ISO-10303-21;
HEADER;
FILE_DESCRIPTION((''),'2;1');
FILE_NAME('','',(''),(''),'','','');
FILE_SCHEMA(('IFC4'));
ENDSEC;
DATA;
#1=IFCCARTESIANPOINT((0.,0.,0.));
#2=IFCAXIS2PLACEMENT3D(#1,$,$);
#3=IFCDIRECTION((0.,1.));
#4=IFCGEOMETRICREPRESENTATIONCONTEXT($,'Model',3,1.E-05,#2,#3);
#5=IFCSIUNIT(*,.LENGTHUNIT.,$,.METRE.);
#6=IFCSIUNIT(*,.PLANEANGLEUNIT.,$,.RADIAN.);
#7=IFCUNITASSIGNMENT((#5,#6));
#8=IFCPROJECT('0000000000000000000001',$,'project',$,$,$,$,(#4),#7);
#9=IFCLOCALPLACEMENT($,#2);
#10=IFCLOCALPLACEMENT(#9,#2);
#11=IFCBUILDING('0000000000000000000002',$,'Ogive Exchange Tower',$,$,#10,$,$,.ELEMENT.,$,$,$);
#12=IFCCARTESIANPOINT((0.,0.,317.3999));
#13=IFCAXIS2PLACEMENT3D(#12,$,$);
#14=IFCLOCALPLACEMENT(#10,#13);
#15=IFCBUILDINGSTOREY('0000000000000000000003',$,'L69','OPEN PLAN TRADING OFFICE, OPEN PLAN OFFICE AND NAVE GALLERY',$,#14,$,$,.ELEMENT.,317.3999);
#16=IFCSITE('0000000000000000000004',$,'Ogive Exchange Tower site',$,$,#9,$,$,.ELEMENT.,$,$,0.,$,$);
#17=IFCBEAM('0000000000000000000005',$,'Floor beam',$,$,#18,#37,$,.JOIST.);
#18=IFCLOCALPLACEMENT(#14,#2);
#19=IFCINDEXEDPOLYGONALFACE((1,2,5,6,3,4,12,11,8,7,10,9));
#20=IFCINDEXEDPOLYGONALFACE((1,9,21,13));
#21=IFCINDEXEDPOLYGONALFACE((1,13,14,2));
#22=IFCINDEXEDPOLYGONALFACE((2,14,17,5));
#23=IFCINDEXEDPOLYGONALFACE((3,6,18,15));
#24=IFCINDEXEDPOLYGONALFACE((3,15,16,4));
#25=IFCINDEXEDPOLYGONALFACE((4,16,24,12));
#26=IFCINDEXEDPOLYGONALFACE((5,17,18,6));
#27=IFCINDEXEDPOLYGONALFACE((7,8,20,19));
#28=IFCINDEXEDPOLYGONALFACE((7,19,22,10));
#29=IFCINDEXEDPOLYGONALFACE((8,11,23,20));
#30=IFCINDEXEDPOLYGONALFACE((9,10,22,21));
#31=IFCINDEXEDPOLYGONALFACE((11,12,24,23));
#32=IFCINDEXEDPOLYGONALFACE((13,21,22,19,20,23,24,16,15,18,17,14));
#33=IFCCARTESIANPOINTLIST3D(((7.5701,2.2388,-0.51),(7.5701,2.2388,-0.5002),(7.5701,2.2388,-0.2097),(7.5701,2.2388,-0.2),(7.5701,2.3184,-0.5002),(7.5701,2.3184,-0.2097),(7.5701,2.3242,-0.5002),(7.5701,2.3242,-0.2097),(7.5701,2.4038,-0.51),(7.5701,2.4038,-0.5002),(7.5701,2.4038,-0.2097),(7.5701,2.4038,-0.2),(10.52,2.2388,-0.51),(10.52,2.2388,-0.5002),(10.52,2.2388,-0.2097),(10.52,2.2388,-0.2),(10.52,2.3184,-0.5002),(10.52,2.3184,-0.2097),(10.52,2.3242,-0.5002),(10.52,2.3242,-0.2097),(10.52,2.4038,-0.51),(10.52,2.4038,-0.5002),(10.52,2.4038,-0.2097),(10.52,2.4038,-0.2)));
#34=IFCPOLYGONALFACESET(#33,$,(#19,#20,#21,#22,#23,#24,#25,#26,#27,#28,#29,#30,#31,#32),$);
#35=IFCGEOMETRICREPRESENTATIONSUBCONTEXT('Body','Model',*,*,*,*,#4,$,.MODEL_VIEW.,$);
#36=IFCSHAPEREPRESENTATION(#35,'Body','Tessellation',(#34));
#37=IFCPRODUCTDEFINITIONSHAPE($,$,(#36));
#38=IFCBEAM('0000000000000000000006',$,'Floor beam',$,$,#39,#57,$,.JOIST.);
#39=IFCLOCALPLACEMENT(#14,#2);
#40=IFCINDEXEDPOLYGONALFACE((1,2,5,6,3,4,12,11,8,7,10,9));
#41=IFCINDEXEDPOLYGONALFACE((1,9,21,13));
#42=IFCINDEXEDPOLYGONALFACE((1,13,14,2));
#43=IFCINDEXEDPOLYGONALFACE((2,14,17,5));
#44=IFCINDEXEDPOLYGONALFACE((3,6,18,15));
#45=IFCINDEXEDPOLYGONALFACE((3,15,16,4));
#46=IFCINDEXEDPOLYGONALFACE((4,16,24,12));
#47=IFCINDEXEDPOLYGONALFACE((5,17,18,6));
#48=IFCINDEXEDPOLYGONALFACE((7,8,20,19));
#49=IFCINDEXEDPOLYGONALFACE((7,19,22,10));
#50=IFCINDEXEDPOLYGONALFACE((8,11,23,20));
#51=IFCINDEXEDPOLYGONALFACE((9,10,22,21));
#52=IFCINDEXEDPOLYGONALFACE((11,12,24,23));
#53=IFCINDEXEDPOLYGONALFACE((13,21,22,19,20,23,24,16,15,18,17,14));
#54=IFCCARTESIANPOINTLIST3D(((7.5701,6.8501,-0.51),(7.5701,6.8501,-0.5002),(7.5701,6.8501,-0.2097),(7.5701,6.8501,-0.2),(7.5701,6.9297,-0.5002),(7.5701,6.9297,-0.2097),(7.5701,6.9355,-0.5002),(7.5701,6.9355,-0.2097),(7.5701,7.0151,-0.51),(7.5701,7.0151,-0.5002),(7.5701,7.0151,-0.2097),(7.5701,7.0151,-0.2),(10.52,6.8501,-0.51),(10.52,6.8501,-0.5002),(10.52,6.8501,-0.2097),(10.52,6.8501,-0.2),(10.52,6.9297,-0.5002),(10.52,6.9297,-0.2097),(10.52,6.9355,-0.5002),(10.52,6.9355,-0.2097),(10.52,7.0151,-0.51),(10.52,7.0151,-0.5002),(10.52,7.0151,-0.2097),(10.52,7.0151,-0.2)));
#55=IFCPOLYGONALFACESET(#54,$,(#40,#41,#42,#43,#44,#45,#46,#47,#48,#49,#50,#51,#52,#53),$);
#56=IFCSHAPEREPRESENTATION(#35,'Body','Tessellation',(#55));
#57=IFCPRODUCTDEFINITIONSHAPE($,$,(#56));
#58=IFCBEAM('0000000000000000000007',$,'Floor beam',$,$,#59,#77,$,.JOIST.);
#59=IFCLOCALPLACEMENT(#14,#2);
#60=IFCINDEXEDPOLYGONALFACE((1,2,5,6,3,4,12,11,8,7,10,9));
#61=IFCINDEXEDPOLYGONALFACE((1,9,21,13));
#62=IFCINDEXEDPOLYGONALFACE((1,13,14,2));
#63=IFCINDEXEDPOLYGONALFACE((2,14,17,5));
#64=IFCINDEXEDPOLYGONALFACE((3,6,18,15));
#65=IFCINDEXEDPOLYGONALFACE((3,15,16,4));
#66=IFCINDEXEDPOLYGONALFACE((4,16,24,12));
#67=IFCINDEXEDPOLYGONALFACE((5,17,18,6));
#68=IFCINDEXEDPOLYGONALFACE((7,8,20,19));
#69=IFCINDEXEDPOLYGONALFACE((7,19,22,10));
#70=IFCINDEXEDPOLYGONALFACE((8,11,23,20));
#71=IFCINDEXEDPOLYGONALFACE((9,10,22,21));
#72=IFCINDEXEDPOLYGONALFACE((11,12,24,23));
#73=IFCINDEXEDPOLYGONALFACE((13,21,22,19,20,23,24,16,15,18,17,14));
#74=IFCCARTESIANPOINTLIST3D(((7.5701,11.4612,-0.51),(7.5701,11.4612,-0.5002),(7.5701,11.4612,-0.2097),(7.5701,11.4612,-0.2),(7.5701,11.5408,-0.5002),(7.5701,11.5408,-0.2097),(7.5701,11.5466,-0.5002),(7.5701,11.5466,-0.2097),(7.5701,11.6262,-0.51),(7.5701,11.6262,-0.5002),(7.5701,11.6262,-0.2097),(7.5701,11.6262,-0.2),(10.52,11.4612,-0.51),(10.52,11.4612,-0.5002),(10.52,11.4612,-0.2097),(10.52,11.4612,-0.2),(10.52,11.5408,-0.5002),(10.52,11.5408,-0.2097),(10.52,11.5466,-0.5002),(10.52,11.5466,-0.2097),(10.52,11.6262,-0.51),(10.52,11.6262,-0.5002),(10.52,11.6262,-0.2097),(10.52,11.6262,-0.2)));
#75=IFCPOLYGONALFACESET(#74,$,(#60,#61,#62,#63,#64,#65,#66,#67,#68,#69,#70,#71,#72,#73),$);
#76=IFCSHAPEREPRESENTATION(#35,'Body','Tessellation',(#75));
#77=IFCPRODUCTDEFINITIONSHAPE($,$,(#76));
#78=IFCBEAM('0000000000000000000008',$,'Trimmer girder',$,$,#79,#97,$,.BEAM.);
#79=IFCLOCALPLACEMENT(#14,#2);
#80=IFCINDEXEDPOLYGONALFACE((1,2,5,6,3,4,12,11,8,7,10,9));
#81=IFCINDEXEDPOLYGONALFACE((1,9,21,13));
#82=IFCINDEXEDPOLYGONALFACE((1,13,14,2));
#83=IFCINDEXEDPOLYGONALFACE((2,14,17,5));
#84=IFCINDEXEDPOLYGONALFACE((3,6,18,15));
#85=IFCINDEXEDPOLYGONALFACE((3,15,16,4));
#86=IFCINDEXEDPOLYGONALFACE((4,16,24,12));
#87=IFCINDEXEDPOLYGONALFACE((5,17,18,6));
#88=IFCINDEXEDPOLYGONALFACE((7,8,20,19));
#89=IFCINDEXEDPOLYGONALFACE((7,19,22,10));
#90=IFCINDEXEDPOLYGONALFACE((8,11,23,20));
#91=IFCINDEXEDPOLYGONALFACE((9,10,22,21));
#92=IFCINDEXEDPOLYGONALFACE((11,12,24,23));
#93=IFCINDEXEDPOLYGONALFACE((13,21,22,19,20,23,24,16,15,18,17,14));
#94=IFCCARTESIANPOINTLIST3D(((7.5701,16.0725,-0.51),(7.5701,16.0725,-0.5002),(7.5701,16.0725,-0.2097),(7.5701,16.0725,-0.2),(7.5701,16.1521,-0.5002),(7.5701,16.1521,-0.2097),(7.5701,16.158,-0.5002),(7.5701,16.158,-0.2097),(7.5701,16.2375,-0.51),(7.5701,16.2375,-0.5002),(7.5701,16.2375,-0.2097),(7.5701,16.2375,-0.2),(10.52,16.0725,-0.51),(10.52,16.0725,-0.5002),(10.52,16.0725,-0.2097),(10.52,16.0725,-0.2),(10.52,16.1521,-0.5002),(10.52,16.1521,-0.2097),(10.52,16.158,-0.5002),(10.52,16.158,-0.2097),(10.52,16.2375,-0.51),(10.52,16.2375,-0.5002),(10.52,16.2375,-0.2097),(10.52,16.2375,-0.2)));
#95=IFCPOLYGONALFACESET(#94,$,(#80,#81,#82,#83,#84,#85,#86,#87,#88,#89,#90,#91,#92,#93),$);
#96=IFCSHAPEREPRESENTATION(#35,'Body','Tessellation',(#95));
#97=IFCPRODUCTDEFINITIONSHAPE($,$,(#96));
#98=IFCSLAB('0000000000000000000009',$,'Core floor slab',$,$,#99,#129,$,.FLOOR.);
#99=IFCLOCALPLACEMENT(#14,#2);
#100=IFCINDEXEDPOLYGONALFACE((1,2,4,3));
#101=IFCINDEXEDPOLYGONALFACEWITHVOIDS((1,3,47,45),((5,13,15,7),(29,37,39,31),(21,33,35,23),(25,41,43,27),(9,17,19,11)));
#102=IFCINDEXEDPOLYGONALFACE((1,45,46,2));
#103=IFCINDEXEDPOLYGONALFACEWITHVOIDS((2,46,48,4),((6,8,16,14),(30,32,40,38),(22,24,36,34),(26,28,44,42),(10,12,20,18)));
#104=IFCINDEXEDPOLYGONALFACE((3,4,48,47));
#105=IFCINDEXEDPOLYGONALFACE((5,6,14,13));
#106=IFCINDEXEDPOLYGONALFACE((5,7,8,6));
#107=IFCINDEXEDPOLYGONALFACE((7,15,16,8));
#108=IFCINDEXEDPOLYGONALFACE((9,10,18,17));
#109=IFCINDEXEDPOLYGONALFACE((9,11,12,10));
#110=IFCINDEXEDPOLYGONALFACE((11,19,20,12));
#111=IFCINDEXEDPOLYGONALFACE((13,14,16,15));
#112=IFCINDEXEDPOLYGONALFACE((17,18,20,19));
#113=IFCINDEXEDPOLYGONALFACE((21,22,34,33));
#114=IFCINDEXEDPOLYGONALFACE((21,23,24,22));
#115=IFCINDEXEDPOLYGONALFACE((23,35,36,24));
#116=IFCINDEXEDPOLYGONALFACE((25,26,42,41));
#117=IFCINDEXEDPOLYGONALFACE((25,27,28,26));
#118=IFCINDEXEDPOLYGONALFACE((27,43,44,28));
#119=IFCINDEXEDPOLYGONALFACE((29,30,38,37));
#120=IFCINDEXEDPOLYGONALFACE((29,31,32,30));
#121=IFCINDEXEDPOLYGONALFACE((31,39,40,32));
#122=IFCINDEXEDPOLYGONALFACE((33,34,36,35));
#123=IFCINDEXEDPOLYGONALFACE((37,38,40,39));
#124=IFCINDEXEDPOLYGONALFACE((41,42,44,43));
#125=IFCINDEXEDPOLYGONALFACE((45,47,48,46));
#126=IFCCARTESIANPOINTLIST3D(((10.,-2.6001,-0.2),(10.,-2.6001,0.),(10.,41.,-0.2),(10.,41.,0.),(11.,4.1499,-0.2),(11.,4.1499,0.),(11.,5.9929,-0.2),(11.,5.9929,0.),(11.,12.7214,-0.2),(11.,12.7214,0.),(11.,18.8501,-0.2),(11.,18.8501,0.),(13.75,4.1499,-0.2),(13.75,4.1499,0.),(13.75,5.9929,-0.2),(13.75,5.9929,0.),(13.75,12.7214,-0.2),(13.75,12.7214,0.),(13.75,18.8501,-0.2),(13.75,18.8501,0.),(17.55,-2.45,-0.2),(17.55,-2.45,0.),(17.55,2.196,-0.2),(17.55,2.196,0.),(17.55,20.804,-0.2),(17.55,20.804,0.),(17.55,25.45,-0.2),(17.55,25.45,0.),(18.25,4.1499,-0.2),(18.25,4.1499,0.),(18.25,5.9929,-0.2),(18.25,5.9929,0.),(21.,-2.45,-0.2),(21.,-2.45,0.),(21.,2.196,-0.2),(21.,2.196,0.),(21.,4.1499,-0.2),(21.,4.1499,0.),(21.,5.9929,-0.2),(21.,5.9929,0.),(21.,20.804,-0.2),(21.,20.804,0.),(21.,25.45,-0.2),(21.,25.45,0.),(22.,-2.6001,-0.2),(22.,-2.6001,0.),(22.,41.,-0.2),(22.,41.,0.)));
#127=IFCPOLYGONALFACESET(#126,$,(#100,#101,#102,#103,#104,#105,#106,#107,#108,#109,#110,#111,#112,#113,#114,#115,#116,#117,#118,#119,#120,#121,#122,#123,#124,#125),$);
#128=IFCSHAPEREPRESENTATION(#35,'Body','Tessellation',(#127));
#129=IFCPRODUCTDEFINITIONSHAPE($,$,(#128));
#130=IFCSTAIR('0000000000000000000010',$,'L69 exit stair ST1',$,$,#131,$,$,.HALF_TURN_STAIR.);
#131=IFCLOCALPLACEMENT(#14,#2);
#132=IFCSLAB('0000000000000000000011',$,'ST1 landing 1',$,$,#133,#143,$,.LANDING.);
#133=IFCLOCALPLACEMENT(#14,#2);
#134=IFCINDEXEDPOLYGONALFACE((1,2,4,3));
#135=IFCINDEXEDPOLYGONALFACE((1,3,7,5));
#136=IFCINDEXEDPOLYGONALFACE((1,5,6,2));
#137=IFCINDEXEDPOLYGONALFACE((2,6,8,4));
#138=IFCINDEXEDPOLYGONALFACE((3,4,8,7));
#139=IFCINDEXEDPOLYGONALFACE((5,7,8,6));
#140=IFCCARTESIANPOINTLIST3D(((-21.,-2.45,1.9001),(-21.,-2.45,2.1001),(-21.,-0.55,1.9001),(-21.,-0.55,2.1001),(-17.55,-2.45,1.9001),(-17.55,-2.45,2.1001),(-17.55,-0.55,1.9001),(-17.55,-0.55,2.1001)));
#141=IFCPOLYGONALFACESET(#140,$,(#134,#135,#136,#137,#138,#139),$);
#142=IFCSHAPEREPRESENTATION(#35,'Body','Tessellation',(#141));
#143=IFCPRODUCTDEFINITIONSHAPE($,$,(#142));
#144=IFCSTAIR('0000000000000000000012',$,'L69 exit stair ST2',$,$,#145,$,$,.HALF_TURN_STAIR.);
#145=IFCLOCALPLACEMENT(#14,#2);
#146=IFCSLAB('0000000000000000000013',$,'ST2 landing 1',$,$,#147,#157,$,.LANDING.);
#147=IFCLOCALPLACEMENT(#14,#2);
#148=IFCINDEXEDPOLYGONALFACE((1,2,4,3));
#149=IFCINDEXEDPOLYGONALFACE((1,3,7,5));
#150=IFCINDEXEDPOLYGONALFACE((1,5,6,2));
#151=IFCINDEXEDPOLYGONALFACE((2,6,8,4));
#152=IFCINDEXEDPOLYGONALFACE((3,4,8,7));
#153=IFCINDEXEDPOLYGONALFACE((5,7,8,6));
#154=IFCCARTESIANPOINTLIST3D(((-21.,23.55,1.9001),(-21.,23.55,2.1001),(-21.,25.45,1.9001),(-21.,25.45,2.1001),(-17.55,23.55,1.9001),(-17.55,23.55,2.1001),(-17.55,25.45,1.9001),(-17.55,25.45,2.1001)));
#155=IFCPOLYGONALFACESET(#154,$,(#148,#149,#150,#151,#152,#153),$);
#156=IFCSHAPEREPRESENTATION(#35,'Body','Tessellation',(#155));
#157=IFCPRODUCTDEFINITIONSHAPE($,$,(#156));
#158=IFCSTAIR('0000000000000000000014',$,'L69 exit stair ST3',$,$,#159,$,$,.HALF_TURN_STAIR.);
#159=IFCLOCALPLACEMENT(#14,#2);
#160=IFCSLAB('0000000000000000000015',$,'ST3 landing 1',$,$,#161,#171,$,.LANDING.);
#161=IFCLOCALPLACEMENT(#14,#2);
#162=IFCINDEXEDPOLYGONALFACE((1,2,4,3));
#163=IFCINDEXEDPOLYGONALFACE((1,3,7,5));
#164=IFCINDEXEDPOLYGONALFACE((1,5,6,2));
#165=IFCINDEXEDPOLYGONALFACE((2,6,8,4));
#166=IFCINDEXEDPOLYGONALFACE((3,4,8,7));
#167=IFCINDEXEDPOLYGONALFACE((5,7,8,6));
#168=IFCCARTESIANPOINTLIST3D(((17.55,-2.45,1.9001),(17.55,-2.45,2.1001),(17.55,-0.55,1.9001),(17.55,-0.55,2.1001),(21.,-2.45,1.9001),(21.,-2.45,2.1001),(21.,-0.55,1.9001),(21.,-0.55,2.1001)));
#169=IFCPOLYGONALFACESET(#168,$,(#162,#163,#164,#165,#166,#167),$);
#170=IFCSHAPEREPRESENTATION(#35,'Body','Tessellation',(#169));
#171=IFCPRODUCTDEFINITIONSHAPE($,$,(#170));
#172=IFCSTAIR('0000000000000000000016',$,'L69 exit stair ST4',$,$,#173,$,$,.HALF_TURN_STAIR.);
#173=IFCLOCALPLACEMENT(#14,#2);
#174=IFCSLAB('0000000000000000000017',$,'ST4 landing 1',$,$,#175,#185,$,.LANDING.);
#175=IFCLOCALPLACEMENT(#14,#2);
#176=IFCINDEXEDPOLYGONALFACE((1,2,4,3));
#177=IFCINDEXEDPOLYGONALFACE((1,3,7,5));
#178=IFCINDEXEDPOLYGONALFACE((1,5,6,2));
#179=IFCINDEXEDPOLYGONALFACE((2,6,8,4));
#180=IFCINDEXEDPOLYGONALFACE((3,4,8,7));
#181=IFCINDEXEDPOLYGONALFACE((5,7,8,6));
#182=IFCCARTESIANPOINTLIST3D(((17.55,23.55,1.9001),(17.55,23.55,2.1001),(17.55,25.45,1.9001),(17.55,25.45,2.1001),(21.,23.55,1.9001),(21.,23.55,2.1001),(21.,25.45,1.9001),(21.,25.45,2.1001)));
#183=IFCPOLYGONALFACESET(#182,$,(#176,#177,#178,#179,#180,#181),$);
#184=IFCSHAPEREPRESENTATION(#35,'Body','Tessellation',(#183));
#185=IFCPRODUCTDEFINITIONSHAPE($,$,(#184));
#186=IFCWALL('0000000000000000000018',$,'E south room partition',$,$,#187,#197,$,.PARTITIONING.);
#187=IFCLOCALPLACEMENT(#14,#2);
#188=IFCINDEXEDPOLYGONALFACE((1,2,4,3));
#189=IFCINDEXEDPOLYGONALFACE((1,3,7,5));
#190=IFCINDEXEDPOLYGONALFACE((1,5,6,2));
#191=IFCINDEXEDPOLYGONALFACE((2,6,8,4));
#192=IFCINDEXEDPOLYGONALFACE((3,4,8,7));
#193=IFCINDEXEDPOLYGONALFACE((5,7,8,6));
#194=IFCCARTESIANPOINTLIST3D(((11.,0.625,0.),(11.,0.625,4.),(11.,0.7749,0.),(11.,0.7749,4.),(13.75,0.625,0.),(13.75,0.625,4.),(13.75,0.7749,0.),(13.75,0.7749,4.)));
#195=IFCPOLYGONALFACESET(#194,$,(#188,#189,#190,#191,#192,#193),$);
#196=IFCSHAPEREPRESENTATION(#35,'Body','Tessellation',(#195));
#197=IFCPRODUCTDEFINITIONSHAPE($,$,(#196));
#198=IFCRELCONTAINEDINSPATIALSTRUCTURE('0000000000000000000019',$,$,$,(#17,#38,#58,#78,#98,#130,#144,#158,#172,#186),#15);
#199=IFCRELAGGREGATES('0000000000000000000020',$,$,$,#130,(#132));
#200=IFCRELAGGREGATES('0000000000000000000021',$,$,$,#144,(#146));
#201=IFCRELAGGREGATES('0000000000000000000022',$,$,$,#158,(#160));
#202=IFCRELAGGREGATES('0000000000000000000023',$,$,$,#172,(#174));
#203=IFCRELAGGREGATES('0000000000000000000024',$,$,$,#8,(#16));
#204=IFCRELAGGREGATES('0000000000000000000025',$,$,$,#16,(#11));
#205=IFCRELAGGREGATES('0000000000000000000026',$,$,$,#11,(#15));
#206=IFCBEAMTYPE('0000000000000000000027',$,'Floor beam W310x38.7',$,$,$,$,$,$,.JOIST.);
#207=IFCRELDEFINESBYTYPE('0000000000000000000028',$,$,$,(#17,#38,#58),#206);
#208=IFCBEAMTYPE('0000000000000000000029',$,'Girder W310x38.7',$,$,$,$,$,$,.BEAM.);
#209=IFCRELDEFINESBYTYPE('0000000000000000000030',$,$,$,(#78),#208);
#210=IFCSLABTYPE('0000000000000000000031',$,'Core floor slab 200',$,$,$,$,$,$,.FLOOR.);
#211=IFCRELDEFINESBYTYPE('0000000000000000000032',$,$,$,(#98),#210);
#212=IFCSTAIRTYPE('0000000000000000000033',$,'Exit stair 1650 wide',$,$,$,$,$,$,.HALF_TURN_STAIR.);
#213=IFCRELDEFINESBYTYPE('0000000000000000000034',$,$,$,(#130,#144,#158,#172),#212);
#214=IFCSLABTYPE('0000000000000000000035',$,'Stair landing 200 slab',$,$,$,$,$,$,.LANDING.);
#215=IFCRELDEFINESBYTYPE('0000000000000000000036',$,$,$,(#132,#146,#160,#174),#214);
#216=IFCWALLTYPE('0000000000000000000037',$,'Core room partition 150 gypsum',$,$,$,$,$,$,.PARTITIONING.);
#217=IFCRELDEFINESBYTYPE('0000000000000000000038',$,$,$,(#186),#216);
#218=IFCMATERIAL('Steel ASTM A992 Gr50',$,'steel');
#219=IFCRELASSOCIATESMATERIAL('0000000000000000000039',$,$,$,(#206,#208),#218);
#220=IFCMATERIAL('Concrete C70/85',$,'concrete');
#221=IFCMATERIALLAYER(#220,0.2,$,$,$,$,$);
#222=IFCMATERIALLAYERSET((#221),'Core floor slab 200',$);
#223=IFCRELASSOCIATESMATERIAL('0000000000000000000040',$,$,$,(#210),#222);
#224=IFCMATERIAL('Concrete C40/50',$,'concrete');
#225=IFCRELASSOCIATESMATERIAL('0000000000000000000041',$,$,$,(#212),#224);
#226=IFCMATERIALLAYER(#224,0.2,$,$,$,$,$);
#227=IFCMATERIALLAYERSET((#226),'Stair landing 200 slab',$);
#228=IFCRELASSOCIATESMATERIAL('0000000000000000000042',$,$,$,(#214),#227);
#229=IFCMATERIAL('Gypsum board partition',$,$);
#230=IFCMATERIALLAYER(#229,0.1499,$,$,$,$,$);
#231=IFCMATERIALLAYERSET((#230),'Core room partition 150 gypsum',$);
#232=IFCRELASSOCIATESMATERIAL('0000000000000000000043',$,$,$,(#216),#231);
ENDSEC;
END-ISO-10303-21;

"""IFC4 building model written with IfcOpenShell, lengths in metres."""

from ifc_helpers import new_model, si_unit, direction, frame, frame_2d, origin, origin_2d, place, context, subcontext, project, spatial, polyline, rectangle, i_section, outline, extrude, material, layer, layer_set, material_profile, profile_set, type_object, element, aggregate, save


model = new_model("IFC4")

# Units and contexts
model_context = context("Model", 3, precision=1e-05, world=origin(), true_north=direction((0.0, 1.0)))
body_context = subcontext(model_context, "Body", "Model", "MODEL_VIEW")
ifc_project = project(units=[si_unit("LENGTHUNIT", "METRE"), si_unit("PLANEANGLEUNIT", "RADIAN")], contexts=[model_context])

# Site, building, storey
site_placement = place(None, origin())
site = spatial("IfcSite", under=ifc_project, at=site_placement, Name="Ogive Exchange Tower site", CompositionType="ELEMENT", RefElevation=0.0)
building_placement = place(site_placement, origin())
building = spatial("IfcBuilding", under=site, at=building_placement, Name="Ogive Exchange Tower", CompositionType="ELEMENT")
storey_placement = place(building_placement, frame((0.0, 0.0, 317.3999)))
storey = spatial("IfcBuildingStorey", under=building, at=storey_placement, Name="L69", Description="OPEN PLAN TRADING OFFICE, OPEN PLAN OFFICE AND NAVE GALLERY", CompositionType="ELEMENT", Elevation=317.3999)

# Beams
ifc_material_1 = material(Name="Steel ASTM A992 Gr50", Category="steel")
ifc_material_profile_1 = material_profile(ifc_material_1, i_section(OverallWidth=0.165, OverallDepth=0.3101, WebThickness=0.0059, FlangeThickness=0.0098, at=origin_2d()), Name="W310x38.7")
ifc_profile_set_1 = profile_set([ifc_material_profile_1], Name="Steel ASTM A992 Gr50")
beam_type_1 = type_object("IfcBeamType", Name="Floor beam W310x38.7", PredefinedType="JOIST", material=ifc_profile_set_1)
for number, where, z_axis, x_axis, name in (
    (1, (7.5701, 2.3213, -0.355), (1.0, 0.0, 0.0), (0.0, 1.0, 0.0), "Floor beam"),
    (2, (7.5701, 6.9326, -0.355), (1.0, 0.0, 0.0), (0.0, 1.0, 0.0), "Floor beam"),
    (3, (7.5701, 11.5437, -0.355), (1.0, 0.0, 0.0), (0.0, 1.0, 0.0), "Floor beam"),
):
    element("IfcBeam", number, at=place(storey_placement, frame(where, z_axis=z_axis, x_axis=x_axis)), inside=storey, type_object=beam_type_1, Name=name, PredefinedType="JOIST", context=body_context, shape_type="SweptSolid", body=[
        extrude(i_section(OverallWidth=0.165, OverallDepth=0.3101, WebThickness=0.0059, FlangeThickness=0.0098, at=origin_2d()), origin(), (0.0, 0.0, 1.0), 2.95),
    ])
ifc_material_profile_2 = material_profile(ifc_material_1, i_section(OverallWidth=0.165, OverallDepth=0.3101, WebThickness=0.0059, FlangeThickness=0.0098, at=origin_2d()), Name="W310x38.7")
ifc_profile_set_2 = profile_set([ifc_material_profile_2], Name="Steel ASTM A992 Gr50")
beam_type_2 = type_object("IfcBeamType", Name="Girder W310x38.7", PredefinedType="BEAM", material=ifc_profile_set_2)
beam_placement = place(storey_placement, frame((7.5701, 16.155, -0.355), z_axis=(1.0, 0.0, 0.0), x_axis=(0.0, 1.0, 0.0)))
element("IfcBeam", 4, at=beam_placement, inside=storey, type_object=beam_type_2, Name="Trimmer girder", PredefinedType="BEAM", context=body_context, shape_type="SweptSolid", body=[
    extrude(i_section(OverallWidth=0.165, OverallDepth=0.3101, WebThickness=0.0059, FlangeThickness=0.0098, at=origin_2d()), origin(), (0.0, 0.0, 1.0), 2.95),
])

# Slab
ifc_material_2 = material(Name="Concrete C70/85", Category="concrete")
ifc_layer_1 = layer(ifc_material_2, 0.2)
ifc_layer_set_1 = layer_set([ifc_layer_1], Name="Core floor slab 200")
slab_type_1 = type_object("IfcSlabType", Name="Core floor slab 200", PredefinedType="FLOOR", material=ifc_layer_set_1)
slab_1_placement = place(storey_placement, frame((0.0, 0.0, -0.2)))
element("IfcSlab", 5, at=slab_1_placement, inside=storey, type_object=slab_type_1, Name="Core floor slab", PredefinedType="FLOOR", context=body_context, shape_type="SweptSolid", body=[
    extrude(outline(polyline([(10.0, -2.6001), (10.0, 41.0), (22.0, 41.0), (22.0, -2.6001), (10.0, -2.6001)]), holes=[polyline([(21.0, 2.196), (17.55, 2.196), (17.55, -2.45), (21.0, -2.45), (21.0, 2.196)]), polyline([(11.0, 5.9929), (11.0, 4.1499), (13.75, 4.1499), (13.75, 5.9929), (11.0, 5.9929)]), polyline([(18.25, 5.9929), (18.25, 4.1499), (21.0, 4.1499), (21.0, 5.9929), (18.25, 5.9929)]), polyline([(13.75, 18.8501), (11.0, 18.8501), (11.0, 12.7214), (13.75, 12.7214), (13.75, 18.8501)]), polyline([(17.55, 25.45), (17.55, 20.804), (21.0, 20.804), (21.0, 25.45), (17.55, 25.45)])]), origin(), (0.0, 0.0, 1.0), 0.2),
])

# Stairs, slabs
ifc_material_3 = material(Name="Concrete C40/50", Category="concrete")
stair_type = type_object("IfcStairType", Name="Exit stair 1650 wide", PredefinedType="HALF_TURN_STAIR", material=ifc_material_3)
stair_1_placement = place(storey_placement, origin())
stair_1 = element("IfcStair", 6, at=stair_1_placement, inside=storey, type_object=stair_type, Name="L69 exit stair ST1", PredefinedType="HALF_TURN_STAIR")
ifc_layer_2 = layer(ifc_material_3, 0.2)
ifc_layer_set_2 = layer_set([ifc_layer_2], Name="Stair landing 200 slab")
slab_type_2 = type_object("IfcSlabType", Name="Stair landing 200 slab", PredefinedType="LANDING", material=ifc_layer_set_2)
slab_2_placement = place(storey_placement, frame((0.0, 0.0, 1.9001)))
slab_2 = element("IfcSlab", 7, at=slab_2_placement, type_object=slab_type_2, Name="ST1 landing 1", PredefinedType="LANDING", context=body_context, shape_type="SweptSolid", body=[
    extrude(outline(polyline([(-21.0, -0.55), (-21.0, -2.45), (-17.55, -2.45), (-17.55, -0.55), (-21.0, -0.55)])), origin(), (0.0, 0.0, 1.0), 0.2),
])
aggregate(stair_1, [slab_2])
stair_2_placement = place(storey_placement, origin())
stair_2 = element("IfcStair", 8, at=stair_2_placement, inside=storey, type_object=stair_type, Name="L69 exit stair ST2", PredefinedType="HALF_TURN_STAIR")
slab_3_placement = place(storey_placement, frame((0.0, 0.0, 1.9001)))
slab_3 = element("IfcSlab", 9, at=slab_3_placement, type_object=slab_type_2, Name="ST2 landing 1", PredefinedType="LANDING", context=body_context, shape_type="SweptSolid", body=[
    extrude(outline(polyline([(-17.55, 23.55), (-17.55, 25.45), (-21.0, 25.45), (-21.0, 23.55), (-17.55, 23.55)])), origin(), (0.0, 0.0, 1.0), 0.2),
])
aggregate(stair_2, [slab_3])
stair_3_placement = place(storey_placement, origin())
stair_3 = element("IfcStair", 10, at=stair_3_placement, inside=storey, type_object=stair_type, Name="L69 exit stair ST3", PredefinedType="HALF_TURN_STAIR")
slab_4_placement = place(storey_placement, frame((0.0, 0.0, 1.9001)))
slab_4 = element("IfcSlab", 11, at=slab_4_placement, type_object=slab_type_2, Name="ST3 landing 1", PredefinedType="LANDING", context=body_context, shape_type="SweptSolid", body=[
    extrude(outline(polyline([(17.55, -0.55), (17.55, -2.45), (21.0, -2.45), (21.0, -0.55), (17.55, -0.55)])), origin(), (0.0, 0.0, 1.0), 0.2),
])
aggregate(stair_3, [slab_4])
stair_4_placement = place(storey_placement, origin())
stair_4 = element("IfcStair", 12, at=stair_4_placement, inside=storey, type_object=stair_type, Name="L69 exit stair ST4", PredefinedType="HALF_TURN_STAIR")
slab_5_placement = place(storey_placement, frame((0.0, 0.0, 1.9001)))
slab_5 = element("IfcSlab", 13, at=slab_5_placement, type_object=slab_type_2, Name="ST4 landing 1", PredefinedType="LANDING", context=body_context, shape_type="SweptSolid", body=[
    extrude(outline(polyline([(21.0, 23.55), (21.0, 25.45), (17.55, 25.45), (17.55, 23.55), (21.0, 23.55)])), origin(), (0.0, 0.0, 1.0), 0.2),
])
aggregate(stair_4, [slab_5])

# Wall
ifc_material_4 = material(Name="Gypsum board partition")
ifc_layer_3 = layer(ifc_material_4, 0.1499)
ifc_layer_set_3 = layer_set([ifc_layer_3], Name="Core room partition 150 gypsum")
wall_type_1 = type_object("IfcWallType", Name="Core room partition 150 gypsum", PredefinedType="PARTITIONING", material=ifc_layer_set_3)
wall_1_placement = place(storey_placement, frame((11.0, 0.7, 0.0), z_axis=(0.0, 0.0, 1.0), x_axis=(1.0, 0.0, 0.0)))
element("IfcWall", 14, at=wall_1_placement, inside=storey, type_object=wall_type_1, Name="E south room partition", PredefinedType="PARTITIONING", context=body_context, shape_type="SweptSolid", body=[
    extrude(rectangle(XDim=2.75, YDim=0.1499, at=frame_2d((1.375, 0.0))), origin(), (0.0, 0.0, 1.0), 4.0),
])

save(model, "model.ifc")
